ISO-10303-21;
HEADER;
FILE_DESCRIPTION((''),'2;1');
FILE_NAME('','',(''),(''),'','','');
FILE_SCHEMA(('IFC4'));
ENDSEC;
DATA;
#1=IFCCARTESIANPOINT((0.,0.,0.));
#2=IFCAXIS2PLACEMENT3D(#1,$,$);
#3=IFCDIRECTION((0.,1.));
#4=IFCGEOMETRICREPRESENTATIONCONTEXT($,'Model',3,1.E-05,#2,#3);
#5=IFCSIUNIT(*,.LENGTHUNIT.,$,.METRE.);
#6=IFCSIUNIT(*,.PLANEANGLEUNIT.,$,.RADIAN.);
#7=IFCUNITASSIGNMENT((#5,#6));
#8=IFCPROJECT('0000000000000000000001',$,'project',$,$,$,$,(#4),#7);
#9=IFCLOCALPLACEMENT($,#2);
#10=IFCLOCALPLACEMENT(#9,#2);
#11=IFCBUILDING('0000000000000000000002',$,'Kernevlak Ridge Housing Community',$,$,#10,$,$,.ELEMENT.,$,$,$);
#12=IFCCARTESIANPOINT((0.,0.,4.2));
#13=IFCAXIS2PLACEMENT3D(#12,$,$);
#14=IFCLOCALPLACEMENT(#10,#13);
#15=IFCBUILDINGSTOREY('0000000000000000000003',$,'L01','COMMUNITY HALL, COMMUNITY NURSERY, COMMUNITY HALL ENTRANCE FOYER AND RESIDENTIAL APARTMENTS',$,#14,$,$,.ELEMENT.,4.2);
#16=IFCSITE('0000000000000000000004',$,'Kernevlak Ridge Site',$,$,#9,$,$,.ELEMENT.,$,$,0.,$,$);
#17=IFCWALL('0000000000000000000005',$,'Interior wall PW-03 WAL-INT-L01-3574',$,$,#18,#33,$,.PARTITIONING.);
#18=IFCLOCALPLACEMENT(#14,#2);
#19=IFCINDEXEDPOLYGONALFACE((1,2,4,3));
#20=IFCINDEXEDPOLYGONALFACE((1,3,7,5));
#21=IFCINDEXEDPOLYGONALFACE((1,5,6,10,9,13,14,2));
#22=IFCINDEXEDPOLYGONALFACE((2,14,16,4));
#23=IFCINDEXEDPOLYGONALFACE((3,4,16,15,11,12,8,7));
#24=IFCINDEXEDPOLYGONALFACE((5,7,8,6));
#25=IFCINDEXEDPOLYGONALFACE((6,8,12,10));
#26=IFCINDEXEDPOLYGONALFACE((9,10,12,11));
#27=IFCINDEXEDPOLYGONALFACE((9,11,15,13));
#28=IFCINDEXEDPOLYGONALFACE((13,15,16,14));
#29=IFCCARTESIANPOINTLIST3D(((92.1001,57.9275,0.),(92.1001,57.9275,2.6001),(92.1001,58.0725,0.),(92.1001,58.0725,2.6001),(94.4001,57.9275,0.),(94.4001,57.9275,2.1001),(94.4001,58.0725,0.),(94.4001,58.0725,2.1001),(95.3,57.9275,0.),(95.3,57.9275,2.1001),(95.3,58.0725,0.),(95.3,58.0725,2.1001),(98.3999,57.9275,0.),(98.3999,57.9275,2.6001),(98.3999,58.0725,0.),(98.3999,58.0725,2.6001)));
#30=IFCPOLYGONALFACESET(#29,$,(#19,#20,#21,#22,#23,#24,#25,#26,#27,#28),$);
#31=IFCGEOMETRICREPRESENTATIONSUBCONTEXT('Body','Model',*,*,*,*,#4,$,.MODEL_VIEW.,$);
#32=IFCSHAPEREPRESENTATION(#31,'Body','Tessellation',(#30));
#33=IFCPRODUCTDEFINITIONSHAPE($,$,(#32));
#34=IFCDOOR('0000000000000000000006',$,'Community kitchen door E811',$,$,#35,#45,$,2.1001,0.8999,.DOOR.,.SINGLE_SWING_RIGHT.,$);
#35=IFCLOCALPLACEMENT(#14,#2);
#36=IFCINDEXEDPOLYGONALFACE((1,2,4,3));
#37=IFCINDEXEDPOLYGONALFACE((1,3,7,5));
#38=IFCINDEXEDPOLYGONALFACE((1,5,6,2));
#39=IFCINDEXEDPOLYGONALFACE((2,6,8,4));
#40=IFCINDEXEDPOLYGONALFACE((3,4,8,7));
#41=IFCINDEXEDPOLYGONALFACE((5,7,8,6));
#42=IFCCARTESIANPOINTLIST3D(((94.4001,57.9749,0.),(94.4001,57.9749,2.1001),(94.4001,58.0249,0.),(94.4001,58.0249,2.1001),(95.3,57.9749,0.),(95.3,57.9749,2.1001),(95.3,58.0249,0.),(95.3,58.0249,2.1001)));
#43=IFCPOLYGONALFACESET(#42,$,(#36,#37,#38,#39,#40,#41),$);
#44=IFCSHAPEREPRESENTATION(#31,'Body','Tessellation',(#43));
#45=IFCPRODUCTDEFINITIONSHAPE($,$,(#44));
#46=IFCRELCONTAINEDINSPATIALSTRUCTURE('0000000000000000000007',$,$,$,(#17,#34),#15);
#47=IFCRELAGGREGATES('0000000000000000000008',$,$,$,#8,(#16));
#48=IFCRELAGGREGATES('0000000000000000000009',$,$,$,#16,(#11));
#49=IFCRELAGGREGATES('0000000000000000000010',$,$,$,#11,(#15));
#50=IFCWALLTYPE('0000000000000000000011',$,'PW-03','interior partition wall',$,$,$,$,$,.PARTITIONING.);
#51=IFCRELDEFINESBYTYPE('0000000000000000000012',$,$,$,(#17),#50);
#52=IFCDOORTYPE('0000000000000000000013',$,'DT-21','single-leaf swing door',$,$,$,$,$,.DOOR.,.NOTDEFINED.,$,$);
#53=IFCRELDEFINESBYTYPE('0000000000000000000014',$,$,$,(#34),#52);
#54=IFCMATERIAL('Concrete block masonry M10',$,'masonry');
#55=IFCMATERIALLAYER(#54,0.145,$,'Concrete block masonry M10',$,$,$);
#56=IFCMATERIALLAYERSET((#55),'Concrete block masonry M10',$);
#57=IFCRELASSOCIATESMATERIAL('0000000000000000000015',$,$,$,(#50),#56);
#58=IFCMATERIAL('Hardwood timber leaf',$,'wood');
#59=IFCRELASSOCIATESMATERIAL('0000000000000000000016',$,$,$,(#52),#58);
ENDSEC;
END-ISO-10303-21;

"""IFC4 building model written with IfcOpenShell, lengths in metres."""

from ifc_helpers import new_model, si_unit, direction, frame, frame_2d, origin, place, context, subcontext, project, spatial, rectangle, extrude, material, layer, layer_set, type_object, element, fill, save


model = new_model("IFC4")

# Units and contexts
model_context = context("Model", 3, precision=1e-05, world=origin(), true_north=direction((0.0, 1.0)))
body_context = subcontext(model_context, "Body", "Model", "MODEL_VIEW")
ifc_project = project(units=[si_unit("LENGTHUNIT", "METRE"), si_unit("PLANEANGLEUNIT", "RADIAN")], contexts=[model_context])

# Site, building, storey
site_placement = place(None, origin())
site = spatial("IfcSite", under=ifc_project, at=site_placement, Name="Kernevlak Ridge Site", CompositionType="ELEMENT", RefElevation=0.0)
building_placement = place(site_placement, origin())
building = spatial("IfcBuilding", under=site, at=building_placement, Name="Kernevlak Ridge Housing Community", CompositionType="ELEMENT")
storey_placement = place(building_placement, frame((0.0, 0.0, 4.2)))
storey = spatial("IfcBuildingStorey", under=building, at=storey_placement, Name="L01", Description="COMMUNITY HALL, COMMUNITY NURSERY, COMMUNITY HALL ENTRANCE FOYER AND RESIDENTIAL APARTMENTS", CompositionType="ELEMENT", Elevation=4.2)

# Shared definitions
ifc_material_1 = material(Name="Concrete block masonry M10", Category="masonry")

# Wall, opening, door
ifc_layer_1 = layer(ifc_material_1, 0.145, Name="Concrete block masonry M10")
ifc_layer_set_1 = layer_set([ifc_layer_1], Name="Concrete block masonry M10")
wall_type_1 = type_object("IfcWallType", Name="PW-03", Description="interior partition wall", PredefinedType="PARTITIONING", material=ifc_layer_set_1)
wall_1_placement = place(storey_placement, frame((92.1001, 58.0, 0.0), z_axis=(0.0, 0.0, 1.0), x_axis=(1.0, 0.0, 0.0)))
wall_1 = element("IfcWall", 1, at=wall_1_placement, inside=storey, type_object=wall_type_1, Name="Interior wall PW-03 WAL-INT-L01-3574", PredefinedType="PARTITIONING", context=body_context, shape_type="SweptSolid", body=[
    extrude(rectangle(XDim=6.2998, YDim=0.145, at=frame_2d((3.1499, 0.0))), origin(), (0.0, 0.0, 1.0), 2.6001),
])
opening_placement = place(wall_1_placement, frame((2.3, 0.0, 0.0)))
opening = element("IfcOpeningElement", 2, at=opening_placement, cuts=wall_1, PredefinedType="OPENING", context=body_context, shape_type="SweptSolid", body=[
    extrude(rectangle(XDim=0.8999, YDim=2.1001, at=frame_2d((0.45, 1.05))), frame((0.0, 0.0825, 0.0), z_axis=(0.0, -1.0, 0.0), x_axis=(1.0, 0.0, 0.0)), (0.0, 0.0, 1.0), 0.165),
])
ifc_material_2 = material(Name="Hardwood timber leaf", Category="wood")
door_type = type_object("IfcDoorType", Name="DT-21", Description="single-leaf swing door", OperationType="NOTDEFINED", PredefinedType="DOOR", material=ifc_material_2)
door_placement = place(opening_placement, origin())
door = element("IfcDoor", 3, at=door_placement, inside=storey, type_object=door_type, Name="Community kitchen door E811", OperationType="SINGLE_SWING_RIGHT", OverallHeight=2.1001, OverallWidth=0.8999, PredefinedType="DOOR", context=body_context, shape_type="SweptSolid", body=[
    extrude(rectangle(XDim=0.8999, YDim=2.1001, at=frame_2d((0.45, 1.05))), frame((0.0, 0.0249, 0.0), z_axis=(0.0, -1.0, 0.0), x_axis=(1.0, 0.0, 0.0)), (0.0, 0.0, 1.0), 0.05),
])
fill(opening, door)

save(model, "model.ifc")
